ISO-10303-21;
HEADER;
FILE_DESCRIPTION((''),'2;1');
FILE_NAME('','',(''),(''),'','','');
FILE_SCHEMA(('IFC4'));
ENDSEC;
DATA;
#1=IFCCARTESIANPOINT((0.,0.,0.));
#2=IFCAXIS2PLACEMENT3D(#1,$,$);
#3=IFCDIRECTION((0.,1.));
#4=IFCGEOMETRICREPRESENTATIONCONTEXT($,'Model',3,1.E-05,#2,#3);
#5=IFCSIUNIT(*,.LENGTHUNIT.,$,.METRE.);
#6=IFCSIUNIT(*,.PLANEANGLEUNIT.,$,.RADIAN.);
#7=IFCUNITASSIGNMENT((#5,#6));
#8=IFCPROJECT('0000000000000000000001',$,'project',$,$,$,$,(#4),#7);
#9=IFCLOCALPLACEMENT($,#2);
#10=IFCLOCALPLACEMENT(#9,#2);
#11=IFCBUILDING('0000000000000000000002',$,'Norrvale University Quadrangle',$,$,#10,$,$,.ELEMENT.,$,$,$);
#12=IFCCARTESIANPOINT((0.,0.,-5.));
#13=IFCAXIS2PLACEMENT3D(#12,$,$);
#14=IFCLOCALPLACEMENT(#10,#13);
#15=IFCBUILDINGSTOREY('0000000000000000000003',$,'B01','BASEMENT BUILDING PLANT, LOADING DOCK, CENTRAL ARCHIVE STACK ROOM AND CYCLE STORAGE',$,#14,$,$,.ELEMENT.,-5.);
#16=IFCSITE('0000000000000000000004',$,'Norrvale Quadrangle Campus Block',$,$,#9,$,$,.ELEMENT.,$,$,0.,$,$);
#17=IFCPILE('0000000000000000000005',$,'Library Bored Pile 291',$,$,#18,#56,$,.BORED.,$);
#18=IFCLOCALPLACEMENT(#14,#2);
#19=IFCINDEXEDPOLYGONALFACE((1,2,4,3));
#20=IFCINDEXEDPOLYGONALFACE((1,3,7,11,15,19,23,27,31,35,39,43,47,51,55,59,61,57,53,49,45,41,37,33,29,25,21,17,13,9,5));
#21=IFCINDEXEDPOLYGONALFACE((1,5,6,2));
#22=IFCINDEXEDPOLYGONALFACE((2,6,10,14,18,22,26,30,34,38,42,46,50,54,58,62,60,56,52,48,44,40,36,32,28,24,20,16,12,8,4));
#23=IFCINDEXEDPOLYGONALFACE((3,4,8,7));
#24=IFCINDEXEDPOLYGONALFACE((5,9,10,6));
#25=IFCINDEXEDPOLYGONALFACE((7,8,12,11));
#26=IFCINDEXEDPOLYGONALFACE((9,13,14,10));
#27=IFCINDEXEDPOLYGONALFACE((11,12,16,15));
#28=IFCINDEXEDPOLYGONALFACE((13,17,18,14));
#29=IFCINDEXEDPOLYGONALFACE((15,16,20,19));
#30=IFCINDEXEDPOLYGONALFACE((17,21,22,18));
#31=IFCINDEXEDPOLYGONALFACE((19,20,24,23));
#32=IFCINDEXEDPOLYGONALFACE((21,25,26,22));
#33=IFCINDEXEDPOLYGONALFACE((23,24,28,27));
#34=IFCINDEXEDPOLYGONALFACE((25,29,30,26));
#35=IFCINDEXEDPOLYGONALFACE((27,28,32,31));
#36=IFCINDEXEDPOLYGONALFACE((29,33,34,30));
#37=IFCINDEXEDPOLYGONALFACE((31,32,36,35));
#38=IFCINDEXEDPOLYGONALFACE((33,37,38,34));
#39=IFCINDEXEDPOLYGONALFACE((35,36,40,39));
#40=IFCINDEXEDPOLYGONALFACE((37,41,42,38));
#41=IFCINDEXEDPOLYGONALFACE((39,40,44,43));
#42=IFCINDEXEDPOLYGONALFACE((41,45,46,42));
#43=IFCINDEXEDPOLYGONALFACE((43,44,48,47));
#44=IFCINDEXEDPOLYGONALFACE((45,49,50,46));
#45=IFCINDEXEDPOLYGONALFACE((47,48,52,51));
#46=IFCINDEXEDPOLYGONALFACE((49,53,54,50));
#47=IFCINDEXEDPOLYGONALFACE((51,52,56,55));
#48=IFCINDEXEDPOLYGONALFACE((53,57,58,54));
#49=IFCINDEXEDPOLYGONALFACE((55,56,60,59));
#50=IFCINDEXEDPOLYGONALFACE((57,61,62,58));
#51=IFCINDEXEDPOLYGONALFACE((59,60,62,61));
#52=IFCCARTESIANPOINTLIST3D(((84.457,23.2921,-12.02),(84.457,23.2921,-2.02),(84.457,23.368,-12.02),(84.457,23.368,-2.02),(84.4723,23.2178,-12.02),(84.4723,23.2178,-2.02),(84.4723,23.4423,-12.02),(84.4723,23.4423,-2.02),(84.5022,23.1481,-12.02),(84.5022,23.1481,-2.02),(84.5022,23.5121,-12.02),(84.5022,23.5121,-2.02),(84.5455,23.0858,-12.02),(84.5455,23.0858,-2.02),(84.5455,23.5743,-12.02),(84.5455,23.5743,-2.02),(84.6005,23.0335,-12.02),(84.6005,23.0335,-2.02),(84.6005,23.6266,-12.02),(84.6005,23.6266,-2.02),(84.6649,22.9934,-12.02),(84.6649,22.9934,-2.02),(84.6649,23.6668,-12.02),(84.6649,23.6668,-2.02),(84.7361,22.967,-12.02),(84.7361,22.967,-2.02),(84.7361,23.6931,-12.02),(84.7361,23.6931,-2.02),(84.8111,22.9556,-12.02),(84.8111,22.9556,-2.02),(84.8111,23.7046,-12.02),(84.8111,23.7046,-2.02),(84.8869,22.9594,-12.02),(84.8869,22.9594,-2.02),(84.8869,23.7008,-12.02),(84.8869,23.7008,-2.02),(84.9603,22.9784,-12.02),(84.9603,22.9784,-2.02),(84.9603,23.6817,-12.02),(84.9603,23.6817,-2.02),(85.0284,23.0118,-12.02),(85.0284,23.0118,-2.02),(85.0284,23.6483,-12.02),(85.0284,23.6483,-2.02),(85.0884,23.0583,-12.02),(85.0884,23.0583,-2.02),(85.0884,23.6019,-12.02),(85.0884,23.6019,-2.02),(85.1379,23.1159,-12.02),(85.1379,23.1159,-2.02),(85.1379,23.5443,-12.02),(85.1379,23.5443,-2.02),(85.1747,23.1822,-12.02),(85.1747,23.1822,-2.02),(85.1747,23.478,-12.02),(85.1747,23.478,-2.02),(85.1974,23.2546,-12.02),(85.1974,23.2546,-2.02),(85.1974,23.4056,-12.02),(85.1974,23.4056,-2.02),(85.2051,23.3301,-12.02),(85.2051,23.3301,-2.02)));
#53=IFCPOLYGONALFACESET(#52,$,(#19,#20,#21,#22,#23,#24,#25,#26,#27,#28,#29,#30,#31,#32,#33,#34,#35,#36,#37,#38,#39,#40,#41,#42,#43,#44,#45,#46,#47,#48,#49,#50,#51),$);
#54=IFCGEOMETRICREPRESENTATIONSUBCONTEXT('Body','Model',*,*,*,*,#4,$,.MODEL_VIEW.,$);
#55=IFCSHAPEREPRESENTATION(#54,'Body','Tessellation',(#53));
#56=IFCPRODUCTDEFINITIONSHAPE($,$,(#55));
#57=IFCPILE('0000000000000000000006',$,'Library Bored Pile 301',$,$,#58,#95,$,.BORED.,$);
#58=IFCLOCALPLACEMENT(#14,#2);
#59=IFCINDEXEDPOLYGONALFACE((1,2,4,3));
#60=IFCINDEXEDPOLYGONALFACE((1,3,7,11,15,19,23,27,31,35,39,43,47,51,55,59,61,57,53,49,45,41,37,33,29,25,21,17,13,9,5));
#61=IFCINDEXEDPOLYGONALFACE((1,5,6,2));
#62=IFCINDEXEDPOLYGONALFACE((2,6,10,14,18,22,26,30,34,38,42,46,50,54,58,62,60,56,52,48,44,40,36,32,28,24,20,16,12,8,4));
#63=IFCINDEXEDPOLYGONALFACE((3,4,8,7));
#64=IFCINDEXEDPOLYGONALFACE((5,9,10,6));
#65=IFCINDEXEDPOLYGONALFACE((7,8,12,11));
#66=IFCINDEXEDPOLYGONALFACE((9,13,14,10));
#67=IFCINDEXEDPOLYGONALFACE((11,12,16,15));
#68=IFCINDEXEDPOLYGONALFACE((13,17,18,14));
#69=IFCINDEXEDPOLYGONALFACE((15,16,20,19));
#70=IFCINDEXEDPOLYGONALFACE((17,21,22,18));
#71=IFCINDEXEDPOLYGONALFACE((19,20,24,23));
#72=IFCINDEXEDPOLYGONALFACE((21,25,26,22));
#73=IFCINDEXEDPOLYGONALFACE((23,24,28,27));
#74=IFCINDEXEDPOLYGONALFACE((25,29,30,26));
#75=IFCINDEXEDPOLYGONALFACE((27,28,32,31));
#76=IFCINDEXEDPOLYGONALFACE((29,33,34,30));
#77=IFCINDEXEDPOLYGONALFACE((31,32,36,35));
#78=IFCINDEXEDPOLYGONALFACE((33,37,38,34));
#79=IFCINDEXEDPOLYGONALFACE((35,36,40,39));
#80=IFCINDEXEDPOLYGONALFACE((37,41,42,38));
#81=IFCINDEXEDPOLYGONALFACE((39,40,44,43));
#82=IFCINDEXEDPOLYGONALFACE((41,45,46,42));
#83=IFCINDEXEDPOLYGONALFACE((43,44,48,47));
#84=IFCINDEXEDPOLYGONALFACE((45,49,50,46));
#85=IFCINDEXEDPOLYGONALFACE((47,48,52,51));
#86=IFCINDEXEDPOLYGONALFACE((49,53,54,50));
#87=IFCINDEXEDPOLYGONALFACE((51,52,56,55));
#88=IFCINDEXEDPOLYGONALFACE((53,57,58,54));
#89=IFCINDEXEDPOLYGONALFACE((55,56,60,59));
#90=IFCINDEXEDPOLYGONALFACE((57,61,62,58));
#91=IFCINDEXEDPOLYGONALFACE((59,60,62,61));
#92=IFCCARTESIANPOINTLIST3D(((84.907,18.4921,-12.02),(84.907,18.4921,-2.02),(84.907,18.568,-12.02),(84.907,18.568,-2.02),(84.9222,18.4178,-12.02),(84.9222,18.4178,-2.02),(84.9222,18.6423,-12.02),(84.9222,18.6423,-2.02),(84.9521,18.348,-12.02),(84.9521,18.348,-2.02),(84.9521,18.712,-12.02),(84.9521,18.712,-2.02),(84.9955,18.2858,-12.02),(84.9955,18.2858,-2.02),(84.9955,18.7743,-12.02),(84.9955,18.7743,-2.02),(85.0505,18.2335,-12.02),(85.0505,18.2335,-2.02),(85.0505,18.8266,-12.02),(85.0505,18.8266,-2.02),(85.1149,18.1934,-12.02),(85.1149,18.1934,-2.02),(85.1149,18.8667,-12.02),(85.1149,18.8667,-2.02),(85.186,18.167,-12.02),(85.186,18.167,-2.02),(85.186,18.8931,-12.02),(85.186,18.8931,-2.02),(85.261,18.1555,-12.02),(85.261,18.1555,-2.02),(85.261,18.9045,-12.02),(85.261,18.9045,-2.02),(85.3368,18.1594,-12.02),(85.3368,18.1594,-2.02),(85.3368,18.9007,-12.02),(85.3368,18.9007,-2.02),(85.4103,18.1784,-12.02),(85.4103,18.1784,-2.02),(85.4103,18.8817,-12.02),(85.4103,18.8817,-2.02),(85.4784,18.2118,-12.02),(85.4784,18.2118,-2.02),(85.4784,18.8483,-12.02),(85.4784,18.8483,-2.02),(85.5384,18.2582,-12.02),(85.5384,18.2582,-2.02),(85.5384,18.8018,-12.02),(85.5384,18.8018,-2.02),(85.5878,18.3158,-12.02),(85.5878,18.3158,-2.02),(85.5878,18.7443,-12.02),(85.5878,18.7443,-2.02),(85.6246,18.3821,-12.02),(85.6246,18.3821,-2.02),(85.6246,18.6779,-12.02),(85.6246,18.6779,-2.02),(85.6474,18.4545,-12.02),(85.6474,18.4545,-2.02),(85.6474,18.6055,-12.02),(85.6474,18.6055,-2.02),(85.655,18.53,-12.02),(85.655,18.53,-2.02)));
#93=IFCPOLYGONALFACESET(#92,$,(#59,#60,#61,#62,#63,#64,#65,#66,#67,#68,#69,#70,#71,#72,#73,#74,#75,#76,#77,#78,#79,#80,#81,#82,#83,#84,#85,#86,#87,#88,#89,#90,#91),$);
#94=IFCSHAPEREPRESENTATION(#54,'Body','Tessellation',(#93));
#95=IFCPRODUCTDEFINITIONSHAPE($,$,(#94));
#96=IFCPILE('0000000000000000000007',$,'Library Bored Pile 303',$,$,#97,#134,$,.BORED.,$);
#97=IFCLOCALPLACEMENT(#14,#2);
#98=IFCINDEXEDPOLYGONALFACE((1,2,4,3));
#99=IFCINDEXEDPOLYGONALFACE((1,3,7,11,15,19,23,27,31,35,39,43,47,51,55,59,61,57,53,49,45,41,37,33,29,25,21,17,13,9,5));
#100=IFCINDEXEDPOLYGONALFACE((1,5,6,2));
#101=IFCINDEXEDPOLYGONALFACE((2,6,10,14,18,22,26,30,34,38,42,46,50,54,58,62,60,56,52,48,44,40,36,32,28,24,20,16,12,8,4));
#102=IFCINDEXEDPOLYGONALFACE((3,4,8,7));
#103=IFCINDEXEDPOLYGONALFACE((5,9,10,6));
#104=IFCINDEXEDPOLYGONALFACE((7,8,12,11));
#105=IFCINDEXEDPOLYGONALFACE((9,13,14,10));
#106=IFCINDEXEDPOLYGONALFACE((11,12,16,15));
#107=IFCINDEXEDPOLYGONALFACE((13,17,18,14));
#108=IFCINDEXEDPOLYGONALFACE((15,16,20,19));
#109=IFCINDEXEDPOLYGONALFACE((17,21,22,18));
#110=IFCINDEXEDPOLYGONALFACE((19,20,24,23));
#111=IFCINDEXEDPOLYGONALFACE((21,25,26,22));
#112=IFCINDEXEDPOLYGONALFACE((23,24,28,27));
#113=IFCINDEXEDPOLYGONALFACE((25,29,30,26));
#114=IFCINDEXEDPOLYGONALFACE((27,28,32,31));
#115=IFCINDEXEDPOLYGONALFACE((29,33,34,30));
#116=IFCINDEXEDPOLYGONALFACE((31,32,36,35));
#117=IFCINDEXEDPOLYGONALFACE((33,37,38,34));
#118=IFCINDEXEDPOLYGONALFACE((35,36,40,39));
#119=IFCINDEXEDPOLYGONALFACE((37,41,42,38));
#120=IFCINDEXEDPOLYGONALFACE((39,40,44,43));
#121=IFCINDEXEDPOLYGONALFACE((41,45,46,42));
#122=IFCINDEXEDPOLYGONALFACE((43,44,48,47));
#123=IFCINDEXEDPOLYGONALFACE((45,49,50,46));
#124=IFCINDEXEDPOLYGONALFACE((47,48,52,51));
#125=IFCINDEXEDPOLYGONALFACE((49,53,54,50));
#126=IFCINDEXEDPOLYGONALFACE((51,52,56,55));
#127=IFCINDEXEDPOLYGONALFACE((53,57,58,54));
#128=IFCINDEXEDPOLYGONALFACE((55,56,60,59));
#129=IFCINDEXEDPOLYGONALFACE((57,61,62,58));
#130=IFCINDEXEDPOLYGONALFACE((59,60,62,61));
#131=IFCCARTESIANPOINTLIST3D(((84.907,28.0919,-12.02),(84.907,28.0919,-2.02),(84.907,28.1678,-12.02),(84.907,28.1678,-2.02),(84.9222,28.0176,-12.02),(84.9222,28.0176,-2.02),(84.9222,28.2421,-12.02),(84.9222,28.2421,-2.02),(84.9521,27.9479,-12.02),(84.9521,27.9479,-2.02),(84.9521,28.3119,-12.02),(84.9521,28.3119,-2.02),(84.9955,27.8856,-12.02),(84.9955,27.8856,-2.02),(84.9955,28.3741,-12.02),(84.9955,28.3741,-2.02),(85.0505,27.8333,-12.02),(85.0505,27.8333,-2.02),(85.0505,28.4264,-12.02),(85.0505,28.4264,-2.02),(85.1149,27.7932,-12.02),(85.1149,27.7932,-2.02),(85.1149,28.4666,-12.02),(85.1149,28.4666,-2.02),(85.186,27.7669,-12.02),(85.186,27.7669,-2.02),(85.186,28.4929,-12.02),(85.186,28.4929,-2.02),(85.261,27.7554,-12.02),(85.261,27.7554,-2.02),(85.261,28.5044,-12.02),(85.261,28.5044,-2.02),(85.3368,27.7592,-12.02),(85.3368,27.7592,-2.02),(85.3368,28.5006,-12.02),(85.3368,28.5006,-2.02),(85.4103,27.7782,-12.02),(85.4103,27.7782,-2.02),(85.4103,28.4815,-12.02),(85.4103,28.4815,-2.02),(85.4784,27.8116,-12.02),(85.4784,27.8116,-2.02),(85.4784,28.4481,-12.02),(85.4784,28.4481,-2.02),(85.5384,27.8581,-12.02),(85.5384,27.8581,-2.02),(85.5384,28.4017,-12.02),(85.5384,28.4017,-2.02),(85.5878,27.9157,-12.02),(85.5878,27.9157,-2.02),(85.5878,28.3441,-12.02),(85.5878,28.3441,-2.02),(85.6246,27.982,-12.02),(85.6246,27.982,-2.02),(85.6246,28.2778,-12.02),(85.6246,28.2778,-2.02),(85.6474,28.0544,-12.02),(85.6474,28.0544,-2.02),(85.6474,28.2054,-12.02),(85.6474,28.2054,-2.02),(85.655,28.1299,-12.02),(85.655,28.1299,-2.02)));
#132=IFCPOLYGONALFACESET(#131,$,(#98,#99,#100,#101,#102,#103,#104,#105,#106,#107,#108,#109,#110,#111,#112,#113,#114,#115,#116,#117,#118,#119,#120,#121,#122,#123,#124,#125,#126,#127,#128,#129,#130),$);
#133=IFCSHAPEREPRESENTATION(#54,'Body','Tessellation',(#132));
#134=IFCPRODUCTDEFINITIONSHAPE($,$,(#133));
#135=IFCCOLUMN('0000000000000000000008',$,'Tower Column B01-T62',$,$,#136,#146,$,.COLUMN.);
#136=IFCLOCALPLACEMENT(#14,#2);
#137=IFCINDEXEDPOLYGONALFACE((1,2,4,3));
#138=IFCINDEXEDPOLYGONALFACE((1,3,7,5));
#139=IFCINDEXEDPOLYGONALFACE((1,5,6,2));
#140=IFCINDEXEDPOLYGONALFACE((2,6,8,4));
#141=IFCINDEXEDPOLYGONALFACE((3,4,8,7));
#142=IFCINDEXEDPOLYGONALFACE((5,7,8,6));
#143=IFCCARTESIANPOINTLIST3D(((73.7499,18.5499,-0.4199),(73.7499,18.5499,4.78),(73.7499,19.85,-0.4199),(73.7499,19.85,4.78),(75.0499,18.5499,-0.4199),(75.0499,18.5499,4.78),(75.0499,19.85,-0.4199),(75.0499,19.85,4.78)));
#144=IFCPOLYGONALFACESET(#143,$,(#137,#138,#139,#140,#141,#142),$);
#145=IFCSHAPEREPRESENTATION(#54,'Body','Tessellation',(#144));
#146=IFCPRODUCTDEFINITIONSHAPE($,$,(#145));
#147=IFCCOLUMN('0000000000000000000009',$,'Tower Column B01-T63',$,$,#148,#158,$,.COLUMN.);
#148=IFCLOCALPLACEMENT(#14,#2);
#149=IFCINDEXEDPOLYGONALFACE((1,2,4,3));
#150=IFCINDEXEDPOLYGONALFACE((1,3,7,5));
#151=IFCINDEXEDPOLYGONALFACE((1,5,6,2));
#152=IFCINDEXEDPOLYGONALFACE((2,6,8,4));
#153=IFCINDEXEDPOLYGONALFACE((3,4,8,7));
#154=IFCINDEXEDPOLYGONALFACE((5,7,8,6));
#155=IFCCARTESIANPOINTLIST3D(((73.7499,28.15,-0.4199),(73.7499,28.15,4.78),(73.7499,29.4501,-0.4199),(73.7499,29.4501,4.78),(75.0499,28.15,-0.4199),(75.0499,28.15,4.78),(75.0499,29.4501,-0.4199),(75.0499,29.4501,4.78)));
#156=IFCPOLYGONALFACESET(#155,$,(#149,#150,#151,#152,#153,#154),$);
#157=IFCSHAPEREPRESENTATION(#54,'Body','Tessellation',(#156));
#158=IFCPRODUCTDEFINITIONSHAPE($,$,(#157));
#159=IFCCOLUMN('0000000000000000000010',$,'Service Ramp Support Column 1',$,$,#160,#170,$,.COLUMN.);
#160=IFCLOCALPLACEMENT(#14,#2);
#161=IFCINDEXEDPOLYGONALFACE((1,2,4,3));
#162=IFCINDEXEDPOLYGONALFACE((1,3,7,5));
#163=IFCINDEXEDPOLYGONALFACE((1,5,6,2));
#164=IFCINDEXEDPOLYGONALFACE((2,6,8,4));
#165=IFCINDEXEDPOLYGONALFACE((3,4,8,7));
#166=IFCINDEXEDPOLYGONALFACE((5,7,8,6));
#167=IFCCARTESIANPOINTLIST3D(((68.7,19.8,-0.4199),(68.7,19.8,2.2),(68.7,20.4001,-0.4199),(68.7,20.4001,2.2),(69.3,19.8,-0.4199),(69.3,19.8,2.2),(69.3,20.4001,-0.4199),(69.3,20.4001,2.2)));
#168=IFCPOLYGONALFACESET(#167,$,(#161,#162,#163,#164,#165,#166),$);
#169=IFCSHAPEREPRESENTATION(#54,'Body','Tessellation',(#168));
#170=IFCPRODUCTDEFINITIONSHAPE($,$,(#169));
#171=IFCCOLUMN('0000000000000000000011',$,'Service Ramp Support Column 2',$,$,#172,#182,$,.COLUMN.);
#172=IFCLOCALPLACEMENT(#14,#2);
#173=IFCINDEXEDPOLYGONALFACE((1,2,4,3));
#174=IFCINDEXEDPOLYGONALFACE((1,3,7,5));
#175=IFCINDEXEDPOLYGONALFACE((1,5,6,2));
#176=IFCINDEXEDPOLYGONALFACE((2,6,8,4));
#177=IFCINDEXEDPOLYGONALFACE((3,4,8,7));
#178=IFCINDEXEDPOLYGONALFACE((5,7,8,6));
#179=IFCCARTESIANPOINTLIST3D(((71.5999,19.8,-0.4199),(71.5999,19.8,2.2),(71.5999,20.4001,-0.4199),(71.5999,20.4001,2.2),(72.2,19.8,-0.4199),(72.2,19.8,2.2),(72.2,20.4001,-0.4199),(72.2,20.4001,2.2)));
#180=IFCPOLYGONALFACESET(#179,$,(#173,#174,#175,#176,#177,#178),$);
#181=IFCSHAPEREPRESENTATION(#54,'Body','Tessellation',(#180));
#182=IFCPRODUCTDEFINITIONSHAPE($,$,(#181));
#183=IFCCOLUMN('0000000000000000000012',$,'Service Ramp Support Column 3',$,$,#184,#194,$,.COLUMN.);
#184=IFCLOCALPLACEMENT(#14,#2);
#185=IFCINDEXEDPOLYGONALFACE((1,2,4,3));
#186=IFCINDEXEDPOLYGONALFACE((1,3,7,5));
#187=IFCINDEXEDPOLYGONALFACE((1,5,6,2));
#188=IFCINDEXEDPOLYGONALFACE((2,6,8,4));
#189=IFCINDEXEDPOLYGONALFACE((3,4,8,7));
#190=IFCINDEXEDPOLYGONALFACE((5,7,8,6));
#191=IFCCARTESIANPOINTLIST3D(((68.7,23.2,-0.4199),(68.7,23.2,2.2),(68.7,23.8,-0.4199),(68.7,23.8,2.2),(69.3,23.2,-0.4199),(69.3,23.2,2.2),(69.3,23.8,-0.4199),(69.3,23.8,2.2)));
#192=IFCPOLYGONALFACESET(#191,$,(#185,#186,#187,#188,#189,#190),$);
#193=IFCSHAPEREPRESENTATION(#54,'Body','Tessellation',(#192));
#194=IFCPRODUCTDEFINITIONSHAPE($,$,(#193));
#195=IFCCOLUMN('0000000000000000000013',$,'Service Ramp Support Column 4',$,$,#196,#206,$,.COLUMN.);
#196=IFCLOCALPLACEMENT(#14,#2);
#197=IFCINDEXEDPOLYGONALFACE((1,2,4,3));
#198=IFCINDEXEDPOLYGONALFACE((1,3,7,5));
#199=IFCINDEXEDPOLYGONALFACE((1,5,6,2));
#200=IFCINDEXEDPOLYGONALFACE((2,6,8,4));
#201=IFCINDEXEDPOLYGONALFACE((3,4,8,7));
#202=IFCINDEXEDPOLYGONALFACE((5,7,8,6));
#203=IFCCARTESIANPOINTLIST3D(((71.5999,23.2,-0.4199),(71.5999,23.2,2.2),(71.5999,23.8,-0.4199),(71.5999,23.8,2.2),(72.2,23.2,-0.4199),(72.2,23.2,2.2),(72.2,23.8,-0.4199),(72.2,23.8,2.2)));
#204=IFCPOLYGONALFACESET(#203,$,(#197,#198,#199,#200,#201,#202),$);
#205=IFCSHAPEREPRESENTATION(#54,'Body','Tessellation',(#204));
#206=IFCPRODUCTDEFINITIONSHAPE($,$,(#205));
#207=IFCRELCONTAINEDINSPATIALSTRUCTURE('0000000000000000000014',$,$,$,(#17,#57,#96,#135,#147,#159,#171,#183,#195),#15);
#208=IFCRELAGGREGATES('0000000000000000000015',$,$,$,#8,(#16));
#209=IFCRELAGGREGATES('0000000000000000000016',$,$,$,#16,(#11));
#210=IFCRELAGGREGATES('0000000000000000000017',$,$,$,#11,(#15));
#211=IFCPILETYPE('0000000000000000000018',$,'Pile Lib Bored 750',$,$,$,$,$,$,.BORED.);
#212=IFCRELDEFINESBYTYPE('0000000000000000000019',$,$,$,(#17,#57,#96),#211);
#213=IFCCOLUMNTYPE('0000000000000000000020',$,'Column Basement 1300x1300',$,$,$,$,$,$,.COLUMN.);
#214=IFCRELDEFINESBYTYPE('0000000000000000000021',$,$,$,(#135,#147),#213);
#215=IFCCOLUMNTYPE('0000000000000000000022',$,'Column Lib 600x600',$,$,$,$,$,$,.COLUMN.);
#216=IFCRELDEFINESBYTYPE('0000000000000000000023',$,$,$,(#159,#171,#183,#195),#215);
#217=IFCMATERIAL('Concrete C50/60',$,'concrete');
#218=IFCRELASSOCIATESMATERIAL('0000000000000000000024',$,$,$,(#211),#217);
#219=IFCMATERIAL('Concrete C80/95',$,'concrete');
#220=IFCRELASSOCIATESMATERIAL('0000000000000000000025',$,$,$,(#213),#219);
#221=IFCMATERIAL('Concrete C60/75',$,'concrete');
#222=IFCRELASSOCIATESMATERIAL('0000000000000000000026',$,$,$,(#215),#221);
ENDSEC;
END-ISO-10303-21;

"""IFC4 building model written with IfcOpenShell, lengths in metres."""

from ifc_helpers import new_model, si_unit, direction, frame, origin, origin_2d, place, context, subcontext, project, spatial, rectangle, circle, extrude, material, material_profile, profile_set, type_object, element, save


model = new_model("IFC4")

# Units and contexts
model_context = context("Model", 3, precision=1e-05, world=origin(), true_north=direction((0.0, 1.0)))
body_context = subcontext(model_context, "Body", "Model", "MODEL_VIEW")
ifc_project = project(units=[si_unit("LENGTHUNIT", "METRE"), si_unit("PLANEANGLEUNIT", "RADIAN")], contexts=[model_context])

# Site, building, storey
site_placement = place(None, origin())
site = spatial("IfcSite", under=ifc_project, at=site_placement, Name="Norrvale Quadrangle Campus Block", CompositionType="ELEMENT", RefElevation=0.0)
building_placement = place(site_placement, origin())
building = spatial("IfcBuilding", under=site, at=building_placement, Name="Norrvale University Quadrangle", CompositionType="ELEMENT")
storey_placement = place(building_placement, frame((0.0, 0.0, -5.0)))
storey = spatial("IfcBuildingStorey", under=building, at=storey_placement, Name="B01", Description="BASEMENT BUILDING PLANT, LOADING DOCK, CENTRAL ARCHIVE STACK ROOM AND CYCLE STORAGE", CompositionType="ELEMENT", Elevation=-5.0)

# Shared definitions
ifc_material_1 = material(Name="Concrete C50/60", Category="concrete")

# Piles
ifc_material_profile_1 = material_profile(ifc_material_1, circle(Radius=0.375, at=origin_2d()), Name="Concrete C50/60")
ifc_profile_set_1 = profile_set([ifc_material_profile_1], Name="Concrete C50/60")
pile_type_1 = type_object("IfcPileType", Name="Pile Lib Bored 750", PredefinedType="BORED", material=ifc_profile_set_1)
for number, where, z_axis, x_axis, name in (
    (1, (84.8301, 23.3301, -2.02), (0.0, 0.0, -1.0), (1.0, 0.0, 0.0), "Library Bored Pile 291"),
    (2, (85.28, 18.53, -2.02), (0.0, 0.0, -1.0), (1.0, 0.0, 0.0), "Library Bored Pile 301"),
    (3, (85.28, 28.1299, -2.02), (0.0, 0.0, -1.0), (1.0, 0.0, 0.0), "Library Bored Pile 303"),
):
    element("IfcPile", number, at=place(storey_placement, frame(where, z_axis=z_axis, x_axis=x_axis)), inside=storey, type_object=pile_type_1, Name=name, PredefinedType="BORED", context=body_context, shape_type="SweptSolid", body=[
        extrude(circle(Radius=0.375, at=origin_2d()), origin(), (0.0, 0.0, 1.0), 10.0),
    ])

# Columns
ifc_material_2 = material(Name="Concrete C80/95", Category="concrete")
ifc_material_profile_2 = material_profile(ifc_material_2, rectangle(XDim=1.3, YDim=1.3, at=origin_2d()), Name="Concrete C80/95")
ifc_profile_set_2 = profile_set([ifc_material_profile_2], Name="Concrete C80/95")
column_type_1 = type_object("IfcColumnType", Name="Column Basement 1300x1300", PredefinedType="COLUMN", material=ifc_profile_set_2)
for number, where, z_axis, x_axis, name in (
    (4, (74.3999, 19.2, -0.4199), (0.0, 0.0, 1.0), (1.0, 0.0, 0.0), "Tower Column B01-T62"),
    (5, (74.3999, 28.8, -0.4199), (0.0, 0.0, 1.0), (1.0, 0.0, 0.0), "Tower Column B01-T63"),
):
    element("IfcColumn", number, at=place(storey_placement, frame(where, z_axis=z_axis, x_axis=x_axis)), inside=storey, type_object=column_type_1, Name=name, PredefinedType="COLUMN", context=body_context, shape_type="SweptSolid", body=[
        extrude(rectangle(XDim=1.3, YDim=1.3, at=origin_2d()), origin(), (0.0, 0.0, 1.0), 5.2),
    ])
ifc_material_3 = material(Name="Concrete C60/75", Category="concrete")
ifc_material_profile_3 = material_profile(ifc_material_3, rectangle(XDim=0.6001, YDim=0.6001, at=origin_2d()), Name="Concrete C60/75")
ifc_profile_set_3 = profile_set([ifc_material_profile_3], Name="Concrete C60/75")
column_type_2 = type_object("IfcColumnType", Name="Column Lib 600x600", PredefinedType="COLUMN", material=ifc_profile_set_3)
for number, where, z_axis, x_axis, name in (
    (6, (69.0, 20.1001, -0.4199), (0.0, 0.0, 1.0), (1.0, 0.0, 0.0), "Service Ramp Support Column 1"),
    (7, (71.8999, 20.1001, -0.4199), (0.0, 0.0, 1.0), (1.0, 0.0, 0.0), "Service Ramp Support Column 2"),
    (8, (69.0, 23.5, -0.4199), (0.0, 0.0, 1.0), (1.0, 0.0, 0.0), "Service Ramp Support Column 3"),
    (9, (71.8999, 23.5, -0.4199), (0.0, 0.0, 1.0), (1.0, 0.0, 0.0), "Service Ramp Support Column 4"),
):
    element("IfcColumn", number, at=place(storey_placement, frame(where, z_axis=z_axis, x_axis=x_axis)), inside=storey, type_object=column_type_2, Name=name, PredefinedType="COLUMN", context=body_context, shape_type="SweptSolid", body=[
        extrude(rectangle(XDim=0.6001, YDim=0.6001, at=origin_2d()), origin(), (0.0, 0.0, 1.0), 2.6199),
    ])

save(model, "model.ifc")
